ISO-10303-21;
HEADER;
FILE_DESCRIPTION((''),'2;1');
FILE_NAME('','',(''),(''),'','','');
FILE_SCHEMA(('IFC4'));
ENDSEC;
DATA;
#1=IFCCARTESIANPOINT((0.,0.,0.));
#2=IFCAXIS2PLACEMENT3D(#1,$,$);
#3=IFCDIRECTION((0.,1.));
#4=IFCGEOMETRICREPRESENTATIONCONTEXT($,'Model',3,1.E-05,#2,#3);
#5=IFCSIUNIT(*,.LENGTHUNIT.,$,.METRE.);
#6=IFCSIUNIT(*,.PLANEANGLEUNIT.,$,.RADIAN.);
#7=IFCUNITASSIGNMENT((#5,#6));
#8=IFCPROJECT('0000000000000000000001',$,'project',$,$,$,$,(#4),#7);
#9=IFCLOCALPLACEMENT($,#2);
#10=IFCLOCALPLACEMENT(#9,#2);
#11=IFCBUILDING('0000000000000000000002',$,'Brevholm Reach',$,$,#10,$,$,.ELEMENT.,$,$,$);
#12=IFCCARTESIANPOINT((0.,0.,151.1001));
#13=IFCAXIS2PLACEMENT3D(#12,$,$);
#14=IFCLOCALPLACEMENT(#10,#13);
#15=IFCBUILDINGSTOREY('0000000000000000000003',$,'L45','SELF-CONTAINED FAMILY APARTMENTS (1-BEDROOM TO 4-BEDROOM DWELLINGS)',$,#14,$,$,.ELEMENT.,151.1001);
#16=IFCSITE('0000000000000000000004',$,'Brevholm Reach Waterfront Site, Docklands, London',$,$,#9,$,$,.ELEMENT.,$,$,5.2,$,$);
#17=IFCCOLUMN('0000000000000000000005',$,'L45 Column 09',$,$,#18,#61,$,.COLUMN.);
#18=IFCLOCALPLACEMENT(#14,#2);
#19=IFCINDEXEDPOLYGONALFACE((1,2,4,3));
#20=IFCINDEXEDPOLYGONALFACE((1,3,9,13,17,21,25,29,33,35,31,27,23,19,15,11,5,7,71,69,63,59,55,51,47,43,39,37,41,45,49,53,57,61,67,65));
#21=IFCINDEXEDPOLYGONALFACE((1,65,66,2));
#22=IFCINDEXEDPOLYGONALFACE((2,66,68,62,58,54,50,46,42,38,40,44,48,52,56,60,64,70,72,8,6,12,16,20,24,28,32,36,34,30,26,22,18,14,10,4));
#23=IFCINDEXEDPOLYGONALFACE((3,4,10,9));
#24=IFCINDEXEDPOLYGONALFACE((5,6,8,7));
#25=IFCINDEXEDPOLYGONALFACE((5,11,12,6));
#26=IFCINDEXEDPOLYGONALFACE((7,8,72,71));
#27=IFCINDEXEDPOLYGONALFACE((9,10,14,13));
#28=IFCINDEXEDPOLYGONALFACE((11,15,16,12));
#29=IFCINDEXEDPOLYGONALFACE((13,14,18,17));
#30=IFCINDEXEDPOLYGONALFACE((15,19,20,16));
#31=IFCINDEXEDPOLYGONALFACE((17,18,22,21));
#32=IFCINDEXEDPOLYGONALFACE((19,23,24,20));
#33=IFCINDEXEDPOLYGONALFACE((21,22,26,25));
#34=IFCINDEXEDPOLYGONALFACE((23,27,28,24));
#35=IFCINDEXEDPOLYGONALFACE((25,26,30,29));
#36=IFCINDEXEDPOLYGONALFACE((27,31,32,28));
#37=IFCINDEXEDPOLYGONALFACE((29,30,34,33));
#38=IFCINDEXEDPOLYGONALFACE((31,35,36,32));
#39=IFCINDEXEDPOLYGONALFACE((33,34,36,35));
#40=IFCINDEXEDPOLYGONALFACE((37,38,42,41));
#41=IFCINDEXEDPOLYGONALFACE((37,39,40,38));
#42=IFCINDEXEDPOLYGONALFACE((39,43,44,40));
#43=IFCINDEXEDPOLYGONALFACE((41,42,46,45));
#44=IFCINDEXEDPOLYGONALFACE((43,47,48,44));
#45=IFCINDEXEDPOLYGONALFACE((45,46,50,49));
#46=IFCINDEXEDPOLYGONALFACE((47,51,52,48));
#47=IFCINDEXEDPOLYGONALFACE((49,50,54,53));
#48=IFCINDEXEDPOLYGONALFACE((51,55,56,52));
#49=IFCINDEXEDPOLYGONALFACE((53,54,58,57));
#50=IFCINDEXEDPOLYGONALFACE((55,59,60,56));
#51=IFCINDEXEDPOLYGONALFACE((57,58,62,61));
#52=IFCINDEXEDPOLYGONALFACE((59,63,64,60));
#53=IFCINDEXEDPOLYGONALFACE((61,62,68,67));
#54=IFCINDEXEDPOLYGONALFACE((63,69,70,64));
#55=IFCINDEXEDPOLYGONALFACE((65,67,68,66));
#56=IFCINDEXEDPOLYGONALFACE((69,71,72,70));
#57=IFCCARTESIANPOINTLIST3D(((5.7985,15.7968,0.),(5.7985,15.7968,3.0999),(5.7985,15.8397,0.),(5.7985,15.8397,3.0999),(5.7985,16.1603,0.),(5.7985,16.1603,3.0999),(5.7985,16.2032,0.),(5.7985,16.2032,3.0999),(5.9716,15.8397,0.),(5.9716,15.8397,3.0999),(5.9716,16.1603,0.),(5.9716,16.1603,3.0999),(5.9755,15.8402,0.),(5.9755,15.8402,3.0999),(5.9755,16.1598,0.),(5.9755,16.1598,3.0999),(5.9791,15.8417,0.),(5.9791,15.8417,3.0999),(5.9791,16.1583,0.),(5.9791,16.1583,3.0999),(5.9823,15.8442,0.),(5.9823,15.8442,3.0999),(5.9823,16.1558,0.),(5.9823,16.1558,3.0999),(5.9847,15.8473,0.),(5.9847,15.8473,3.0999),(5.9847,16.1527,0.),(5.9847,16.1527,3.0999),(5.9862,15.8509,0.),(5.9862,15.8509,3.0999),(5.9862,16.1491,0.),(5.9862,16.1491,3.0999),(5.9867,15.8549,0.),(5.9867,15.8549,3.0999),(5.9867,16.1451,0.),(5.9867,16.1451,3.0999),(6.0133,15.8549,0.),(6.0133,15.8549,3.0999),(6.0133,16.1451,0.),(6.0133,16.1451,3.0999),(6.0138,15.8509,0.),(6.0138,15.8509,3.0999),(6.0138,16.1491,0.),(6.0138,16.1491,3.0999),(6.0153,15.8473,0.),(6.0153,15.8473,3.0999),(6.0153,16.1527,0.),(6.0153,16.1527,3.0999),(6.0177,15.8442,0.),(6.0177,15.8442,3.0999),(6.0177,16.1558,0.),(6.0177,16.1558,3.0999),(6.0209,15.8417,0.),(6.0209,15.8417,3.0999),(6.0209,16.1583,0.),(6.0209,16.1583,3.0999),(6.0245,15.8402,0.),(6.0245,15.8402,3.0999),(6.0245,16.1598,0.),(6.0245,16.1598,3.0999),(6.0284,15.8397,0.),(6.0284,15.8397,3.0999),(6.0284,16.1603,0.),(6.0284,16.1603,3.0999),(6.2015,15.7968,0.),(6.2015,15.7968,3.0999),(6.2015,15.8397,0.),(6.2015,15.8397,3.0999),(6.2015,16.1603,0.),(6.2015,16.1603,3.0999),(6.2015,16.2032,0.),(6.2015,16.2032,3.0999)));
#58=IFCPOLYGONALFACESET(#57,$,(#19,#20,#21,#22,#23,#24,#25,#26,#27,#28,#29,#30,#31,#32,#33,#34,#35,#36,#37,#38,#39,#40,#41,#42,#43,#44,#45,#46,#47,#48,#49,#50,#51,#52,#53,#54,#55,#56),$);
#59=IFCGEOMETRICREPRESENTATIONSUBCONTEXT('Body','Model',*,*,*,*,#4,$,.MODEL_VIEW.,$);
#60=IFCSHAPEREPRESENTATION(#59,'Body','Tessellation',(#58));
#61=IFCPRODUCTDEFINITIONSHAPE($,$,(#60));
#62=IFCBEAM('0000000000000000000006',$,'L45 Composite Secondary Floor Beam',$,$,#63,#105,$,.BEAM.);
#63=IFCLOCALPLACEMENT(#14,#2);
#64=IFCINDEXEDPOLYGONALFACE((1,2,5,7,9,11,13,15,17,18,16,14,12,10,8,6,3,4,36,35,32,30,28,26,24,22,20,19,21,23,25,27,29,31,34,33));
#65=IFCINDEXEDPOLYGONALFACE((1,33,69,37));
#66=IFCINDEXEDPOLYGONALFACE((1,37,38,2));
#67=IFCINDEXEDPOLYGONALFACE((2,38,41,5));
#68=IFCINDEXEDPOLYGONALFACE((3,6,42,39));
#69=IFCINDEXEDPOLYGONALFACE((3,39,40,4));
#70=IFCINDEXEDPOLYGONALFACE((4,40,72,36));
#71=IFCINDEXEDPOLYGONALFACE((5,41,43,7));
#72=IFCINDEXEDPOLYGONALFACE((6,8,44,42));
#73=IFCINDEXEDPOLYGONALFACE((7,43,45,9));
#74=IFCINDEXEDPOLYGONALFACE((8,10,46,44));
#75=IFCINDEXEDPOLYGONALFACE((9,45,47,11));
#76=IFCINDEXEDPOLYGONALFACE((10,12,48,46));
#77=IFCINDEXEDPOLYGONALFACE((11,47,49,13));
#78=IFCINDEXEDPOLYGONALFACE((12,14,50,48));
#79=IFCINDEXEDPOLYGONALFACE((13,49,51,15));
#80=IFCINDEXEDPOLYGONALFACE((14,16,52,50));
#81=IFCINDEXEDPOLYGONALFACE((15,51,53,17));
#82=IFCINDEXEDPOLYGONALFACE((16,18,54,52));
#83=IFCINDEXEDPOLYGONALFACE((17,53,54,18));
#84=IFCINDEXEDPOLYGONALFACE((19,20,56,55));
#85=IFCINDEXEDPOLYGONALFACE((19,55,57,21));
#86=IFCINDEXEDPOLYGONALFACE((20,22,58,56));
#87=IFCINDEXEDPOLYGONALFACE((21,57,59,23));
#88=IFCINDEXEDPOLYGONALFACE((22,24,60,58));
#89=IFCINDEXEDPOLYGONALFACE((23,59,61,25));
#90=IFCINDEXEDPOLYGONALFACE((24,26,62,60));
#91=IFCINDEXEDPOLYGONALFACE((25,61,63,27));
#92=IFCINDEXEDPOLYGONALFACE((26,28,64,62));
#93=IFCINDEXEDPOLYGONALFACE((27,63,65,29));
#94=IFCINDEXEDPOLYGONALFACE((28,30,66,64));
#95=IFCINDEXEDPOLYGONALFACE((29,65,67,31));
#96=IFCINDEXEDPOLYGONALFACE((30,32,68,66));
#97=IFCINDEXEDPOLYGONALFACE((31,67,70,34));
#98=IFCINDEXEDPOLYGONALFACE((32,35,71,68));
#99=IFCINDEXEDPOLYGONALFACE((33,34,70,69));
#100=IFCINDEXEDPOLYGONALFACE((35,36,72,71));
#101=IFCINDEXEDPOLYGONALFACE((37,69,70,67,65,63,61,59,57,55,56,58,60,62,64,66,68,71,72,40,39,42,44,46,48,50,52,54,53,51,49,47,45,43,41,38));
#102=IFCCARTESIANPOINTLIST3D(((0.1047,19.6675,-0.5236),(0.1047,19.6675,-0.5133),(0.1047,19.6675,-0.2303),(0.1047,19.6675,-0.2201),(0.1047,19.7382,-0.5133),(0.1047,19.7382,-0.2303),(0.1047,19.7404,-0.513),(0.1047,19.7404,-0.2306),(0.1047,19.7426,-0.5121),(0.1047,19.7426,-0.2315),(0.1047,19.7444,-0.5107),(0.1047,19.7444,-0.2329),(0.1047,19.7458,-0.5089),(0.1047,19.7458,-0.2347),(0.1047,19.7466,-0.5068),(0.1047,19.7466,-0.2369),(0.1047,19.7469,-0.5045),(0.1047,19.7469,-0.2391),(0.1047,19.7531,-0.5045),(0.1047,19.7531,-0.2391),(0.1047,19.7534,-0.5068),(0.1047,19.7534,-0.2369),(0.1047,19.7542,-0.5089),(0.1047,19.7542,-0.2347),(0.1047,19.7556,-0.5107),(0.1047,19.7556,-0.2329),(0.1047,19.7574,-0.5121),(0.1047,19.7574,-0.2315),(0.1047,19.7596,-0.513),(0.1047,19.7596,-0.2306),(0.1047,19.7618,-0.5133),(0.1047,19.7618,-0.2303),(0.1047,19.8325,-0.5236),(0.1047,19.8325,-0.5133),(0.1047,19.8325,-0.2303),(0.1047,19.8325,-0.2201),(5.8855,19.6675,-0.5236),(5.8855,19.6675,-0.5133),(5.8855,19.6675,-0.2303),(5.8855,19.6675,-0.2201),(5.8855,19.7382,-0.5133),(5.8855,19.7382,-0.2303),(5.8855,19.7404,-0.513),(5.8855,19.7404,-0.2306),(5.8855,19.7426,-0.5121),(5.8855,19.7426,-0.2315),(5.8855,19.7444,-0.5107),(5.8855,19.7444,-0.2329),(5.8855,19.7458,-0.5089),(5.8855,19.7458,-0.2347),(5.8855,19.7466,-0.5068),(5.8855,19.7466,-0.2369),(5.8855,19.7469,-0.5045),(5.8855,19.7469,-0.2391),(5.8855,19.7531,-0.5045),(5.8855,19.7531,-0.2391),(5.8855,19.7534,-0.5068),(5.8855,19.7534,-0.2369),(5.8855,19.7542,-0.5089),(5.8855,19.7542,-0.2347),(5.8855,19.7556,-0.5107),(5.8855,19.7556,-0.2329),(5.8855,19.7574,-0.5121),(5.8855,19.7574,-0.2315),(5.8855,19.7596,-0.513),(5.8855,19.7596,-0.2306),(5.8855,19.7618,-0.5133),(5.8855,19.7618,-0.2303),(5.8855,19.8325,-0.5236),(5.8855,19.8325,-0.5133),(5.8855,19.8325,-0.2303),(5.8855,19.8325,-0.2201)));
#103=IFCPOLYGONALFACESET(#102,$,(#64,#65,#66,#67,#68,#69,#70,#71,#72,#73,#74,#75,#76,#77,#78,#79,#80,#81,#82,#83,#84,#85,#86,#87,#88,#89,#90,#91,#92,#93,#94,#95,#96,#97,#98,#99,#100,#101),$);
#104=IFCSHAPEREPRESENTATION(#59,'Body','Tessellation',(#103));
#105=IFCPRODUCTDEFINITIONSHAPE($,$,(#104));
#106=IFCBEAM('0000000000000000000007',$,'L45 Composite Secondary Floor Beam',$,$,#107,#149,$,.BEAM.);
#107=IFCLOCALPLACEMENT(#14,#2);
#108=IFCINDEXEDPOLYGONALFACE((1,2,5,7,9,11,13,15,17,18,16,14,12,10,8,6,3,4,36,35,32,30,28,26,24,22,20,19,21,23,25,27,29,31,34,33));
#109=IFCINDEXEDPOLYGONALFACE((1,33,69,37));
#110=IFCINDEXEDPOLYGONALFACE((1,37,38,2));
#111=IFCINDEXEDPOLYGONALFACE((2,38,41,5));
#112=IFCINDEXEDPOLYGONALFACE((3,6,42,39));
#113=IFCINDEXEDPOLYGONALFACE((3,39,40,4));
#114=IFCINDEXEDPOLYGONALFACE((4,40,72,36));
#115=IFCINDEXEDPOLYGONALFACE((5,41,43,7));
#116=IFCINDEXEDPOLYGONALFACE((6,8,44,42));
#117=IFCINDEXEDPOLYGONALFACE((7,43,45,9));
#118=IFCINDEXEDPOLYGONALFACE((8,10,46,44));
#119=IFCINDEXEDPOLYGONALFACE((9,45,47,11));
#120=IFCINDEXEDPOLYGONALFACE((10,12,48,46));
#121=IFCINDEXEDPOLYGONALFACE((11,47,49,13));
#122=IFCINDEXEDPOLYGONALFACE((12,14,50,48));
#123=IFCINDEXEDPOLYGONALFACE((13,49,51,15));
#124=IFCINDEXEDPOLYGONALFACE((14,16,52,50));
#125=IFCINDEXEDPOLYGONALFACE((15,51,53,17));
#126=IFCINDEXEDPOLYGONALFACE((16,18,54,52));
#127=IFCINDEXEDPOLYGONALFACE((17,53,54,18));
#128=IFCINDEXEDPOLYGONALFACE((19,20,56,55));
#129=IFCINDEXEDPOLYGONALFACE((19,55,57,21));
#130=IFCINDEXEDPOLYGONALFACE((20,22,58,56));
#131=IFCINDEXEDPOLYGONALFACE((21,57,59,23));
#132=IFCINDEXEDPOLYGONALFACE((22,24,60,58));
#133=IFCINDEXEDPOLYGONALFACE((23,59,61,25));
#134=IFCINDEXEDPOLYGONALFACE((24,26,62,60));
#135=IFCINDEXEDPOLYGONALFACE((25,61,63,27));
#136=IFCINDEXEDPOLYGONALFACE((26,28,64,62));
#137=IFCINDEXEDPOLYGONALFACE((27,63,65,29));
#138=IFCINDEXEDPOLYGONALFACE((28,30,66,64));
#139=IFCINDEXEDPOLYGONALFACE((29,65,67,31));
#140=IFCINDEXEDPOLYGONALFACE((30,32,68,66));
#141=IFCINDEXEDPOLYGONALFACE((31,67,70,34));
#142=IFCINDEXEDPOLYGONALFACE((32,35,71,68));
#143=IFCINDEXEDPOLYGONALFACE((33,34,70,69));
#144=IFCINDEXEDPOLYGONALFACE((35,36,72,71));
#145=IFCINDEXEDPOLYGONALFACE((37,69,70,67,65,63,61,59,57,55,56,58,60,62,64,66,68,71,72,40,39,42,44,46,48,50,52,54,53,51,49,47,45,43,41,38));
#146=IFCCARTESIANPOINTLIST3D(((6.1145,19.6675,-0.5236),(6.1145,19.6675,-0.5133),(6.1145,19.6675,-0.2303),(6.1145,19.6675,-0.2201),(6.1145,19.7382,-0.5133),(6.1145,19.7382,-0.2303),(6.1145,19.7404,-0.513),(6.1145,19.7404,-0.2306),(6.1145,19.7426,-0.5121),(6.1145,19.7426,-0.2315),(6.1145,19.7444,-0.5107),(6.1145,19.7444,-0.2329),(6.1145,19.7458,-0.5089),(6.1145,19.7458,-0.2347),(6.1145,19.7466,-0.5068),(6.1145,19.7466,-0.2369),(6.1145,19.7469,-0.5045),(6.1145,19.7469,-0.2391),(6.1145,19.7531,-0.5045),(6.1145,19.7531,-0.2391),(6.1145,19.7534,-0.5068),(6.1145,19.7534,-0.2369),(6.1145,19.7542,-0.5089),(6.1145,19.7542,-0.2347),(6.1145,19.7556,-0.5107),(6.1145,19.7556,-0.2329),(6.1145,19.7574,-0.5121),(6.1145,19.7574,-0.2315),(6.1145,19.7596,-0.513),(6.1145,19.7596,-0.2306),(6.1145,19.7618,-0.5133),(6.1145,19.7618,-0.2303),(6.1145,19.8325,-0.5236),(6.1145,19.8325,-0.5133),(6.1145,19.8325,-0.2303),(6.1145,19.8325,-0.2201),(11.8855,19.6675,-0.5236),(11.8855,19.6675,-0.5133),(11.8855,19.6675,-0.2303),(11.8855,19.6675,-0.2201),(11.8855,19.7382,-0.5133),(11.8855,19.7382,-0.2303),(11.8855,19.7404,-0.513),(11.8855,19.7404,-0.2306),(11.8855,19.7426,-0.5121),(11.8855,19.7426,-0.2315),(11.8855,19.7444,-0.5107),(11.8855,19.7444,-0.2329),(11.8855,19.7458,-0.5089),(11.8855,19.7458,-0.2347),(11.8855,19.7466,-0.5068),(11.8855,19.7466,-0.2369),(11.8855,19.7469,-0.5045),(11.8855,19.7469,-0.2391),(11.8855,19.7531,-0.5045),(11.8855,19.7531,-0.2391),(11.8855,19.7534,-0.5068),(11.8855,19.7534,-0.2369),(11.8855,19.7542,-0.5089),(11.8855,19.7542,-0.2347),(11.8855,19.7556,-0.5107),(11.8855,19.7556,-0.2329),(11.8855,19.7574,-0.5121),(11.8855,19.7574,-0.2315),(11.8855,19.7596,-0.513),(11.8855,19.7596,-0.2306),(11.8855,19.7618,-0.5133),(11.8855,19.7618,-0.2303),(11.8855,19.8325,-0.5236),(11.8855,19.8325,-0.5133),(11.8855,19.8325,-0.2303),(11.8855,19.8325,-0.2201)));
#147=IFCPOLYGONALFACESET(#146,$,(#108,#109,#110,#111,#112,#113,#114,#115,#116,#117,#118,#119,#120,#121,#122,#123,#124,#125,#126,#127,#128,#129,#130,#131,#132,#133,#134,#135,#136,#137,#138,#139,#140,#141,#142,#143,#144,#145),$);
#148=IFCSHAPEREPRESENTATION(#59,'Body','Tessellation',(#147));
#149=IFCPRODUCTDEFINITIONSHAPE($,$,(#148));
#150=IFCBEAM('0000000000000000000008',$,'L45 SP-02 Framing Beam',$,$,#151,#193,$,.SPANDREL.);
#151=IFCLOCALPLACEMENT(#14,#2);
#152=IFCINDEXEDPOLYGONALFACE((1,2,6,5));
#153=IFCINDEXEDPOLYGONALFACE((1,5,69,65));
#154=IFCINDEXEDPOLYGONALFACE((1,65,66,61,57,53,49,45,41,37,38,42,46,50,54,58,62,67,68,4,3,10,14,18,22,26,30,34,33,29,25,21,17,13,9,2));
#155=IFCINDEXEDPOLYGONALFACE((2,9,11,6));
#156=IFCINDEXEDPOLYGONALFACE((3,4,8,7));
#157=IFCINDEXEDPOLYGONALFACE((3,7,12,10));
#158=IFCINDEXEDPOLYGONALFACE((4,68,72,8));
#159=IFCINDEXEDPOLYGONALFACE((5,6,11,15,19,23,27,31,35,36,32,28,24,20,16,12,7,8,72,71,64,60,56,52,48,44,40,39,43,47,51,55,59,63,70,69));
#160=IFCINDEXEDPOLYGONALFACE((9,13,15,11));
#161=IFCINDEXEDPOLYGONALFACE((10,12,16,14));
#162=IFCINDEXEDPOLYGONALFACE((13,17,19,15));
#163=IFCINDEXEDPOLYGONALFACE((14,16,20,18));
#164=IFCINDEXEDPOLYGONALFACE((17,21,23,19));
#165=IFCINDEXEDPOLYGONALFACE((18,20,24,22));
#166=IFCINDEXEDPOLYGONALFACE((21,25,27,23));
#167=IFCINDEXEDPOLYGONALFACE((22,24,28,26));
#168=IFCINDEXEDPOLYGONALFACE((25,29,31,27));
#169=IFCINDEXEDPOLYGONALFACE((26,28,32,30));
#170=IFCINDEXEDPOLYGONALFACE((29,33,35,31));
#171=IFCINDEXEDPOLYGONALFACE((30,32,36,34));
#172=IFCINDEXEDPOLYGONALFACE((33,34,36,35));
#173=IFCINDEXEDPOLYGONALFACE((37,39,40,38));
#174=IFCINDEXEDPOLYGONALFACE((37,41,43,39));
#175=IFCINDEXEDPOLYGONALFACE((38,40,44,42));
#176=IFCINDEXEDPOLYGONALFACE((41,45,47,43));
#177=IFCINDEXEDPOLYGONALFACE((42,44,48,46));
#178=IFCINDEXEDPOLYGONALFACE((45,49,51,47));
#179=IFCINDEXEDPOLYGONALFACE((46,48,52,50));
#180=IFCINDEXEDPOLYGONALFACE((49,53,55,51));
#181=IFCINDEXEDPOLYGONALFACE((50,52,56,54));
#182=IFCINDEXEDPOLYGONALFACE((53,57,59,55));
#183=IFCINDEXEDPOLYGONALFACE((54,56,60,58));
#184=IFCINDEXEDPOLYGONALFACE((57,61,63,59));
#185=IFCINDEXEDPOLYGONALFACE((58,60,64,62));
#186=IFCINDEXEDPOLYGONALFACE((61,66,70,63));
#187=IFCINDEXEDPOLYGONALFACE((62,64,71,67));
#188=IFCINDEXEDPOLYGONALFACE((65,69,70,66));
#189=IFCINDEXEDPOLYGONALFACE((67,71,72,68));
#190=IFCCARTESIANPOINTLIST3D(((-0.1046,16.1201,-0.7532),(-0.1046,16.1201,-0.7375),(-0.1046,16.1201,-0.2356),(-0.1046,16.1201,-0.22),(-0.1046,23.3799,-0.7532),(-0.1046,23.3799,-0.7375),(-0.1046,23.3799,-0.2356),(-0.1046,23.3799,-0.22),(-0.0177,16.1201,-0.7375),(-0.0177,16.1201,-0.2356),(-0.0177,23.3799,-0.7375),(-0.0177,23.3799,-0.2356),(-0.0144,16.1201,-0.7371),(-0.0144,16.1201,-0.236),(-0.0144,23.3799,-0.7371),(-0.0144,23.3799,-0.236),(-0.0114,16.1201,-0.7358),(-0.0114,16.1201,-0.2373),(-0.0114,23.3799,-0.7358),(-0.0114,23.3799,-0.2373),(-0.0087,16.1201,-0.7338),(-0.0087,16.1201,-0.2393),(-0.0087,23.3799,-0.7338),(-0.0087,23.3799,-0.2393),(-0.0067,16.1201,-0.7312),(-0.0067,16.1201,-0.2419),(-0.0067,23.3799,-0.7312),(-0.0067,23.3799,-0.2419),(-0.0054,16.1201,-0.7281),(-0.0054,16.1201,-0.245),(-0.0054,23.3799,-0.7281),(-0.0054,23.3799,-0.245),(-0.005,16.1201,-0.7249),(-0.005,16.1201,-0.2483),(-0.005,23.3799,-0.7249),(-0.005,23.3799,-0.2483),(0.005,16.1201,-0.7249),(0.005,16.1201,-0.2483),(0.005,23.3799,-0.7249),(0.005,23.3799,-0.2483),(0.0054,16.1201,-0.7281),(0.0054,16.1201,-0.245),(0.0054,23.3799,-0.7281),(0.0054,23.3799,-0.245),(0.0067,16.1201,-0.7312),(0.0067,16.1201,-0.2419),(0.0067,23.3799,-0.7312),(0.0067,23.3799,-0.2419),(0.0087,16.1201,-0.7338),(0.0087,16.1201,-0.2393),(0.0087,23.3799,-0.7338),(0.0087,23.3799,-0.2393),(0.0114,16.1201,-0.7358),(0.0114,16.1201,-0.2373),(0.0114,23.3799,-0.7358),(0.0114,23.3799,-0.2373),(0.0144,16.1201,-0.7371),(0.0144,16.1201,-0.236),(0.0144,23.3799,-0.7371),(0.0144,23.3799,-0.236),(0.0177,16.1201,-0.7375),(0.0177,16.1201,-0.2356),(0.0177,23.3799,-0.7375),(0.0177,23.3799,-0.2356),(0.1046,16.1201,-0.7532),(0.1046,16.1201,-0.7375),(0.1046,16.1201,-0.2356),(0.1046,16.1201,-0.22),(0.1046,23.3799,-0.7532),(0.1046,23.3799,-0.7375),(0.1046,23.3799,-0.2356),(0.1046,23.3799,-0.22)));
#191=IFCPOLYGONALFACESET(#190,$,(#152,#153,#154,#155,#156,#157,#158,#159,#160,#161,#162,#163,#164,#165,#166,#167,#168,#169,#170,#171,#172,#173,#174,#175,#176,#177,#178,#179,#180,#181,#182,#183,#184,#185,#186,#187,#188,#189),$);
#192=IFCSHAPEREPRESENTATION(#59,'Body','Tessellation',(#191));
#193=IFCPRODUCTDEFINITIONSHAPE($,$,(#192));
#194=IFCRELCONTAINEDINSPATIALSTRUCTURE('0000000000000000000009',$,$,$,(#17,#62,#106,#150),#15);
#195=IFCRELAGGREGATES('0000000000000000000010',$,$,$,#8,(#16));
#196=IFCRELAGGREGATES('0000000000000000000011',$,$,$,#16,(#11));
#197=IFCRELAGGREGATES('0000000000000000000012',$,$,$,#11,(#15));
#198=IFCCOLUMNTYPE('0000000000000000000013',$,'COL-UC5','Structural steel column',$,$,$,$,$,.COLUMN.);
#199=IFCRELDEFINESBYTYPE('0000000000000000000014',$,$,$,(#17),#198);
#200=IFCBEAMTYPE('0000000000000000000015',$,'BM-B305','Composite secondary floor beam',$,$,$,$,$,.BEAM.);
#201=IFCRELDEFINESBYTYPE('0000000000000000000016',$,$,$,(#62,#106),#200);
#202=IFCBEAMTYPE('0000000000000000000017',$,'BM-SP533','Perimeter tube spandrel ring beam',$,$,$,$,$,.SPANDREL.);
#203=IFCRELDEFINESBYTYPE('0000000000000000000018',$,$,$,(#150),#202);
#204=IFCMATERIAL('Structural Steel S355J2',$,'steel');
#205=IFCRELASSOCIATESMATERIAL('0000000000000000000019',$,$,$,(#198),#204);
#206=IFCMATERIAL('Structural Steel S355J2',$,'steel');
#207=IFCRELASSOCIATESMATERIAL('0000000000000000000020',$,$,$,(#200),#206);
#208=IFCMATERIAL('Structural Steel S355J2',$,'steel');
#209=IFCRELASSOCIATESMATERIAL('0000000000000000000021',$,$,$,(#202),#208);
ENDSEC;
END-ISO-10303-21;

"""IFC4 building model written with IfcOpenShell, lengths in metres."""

from ifc_helpers import new_model, si_unit, direction, frame, origin, origin_2d, place, context, subcontext, project, spatial, i_section, extrude, material, material_profile, profile_set, type_object, element, save


model = new_model("IFC4")

# Units and contexts
model_context = context("Model", 3, precision=1e-05, world=origin(), true_north=direction((0.0, 1.0)))
body_context = subcontext(model_context, "Body", "Model", "MODEL_VIEW")
ifc_project = project(units=[si_unit("LENGTHUNIT", "METRE"), si_unit("PLANEANGLEUNIT", "RADIAN")], contexts=[model_context])

# Site, building, storey
site_placement = place(None, origin())
site = spatial("IfcSite", under=ifc_project, at=site_placement, Name="Brevholm Reach Waterfront Site, Docklands, London", CompositionType="ELEMENT", RefElevation=5.2)
building_placement = place(site_placement, origin())
building = spatial("IfcBuilding", under=site, at=building_placement, Name="Brevholm Reach", CompositionType="ELEMENT")
storey_placement = place(building_placement, frame((0.0, 0.0, 151.1001)))
storey = spatial("IfcBuildingStorey", under=building, at=storey_placement, Name="L45", Description="SELF-CONTAINED FAMILY APARTMENTS (1-BEDROOM TO 4-BEDROOM DWELLINGS)", CompositionType="ELEMENT", Elevation=151.1001)

# Column
ifc_material_1 = material(Name="Structural Steel S355J2", Category="steel")
ifc_material_profile_1 = material_profile(ifc_material_1, i_section(OverallWidth=0.4031, OverallDepth=0.4065, WebThickness=0.0266, FlangeThickness=0.043, FilletRadius=0.0151, at=origin_2d()), Name="UKC 356x406x340")
ifc_profile_set_1 = profile_set([ifc_material_profile_1], Name="Structural Steel S355J2")
column_type = type_object("IfcColumnType", Name="COL-UC5", Description="Structural steel column", PredefinedType="COLUMN", material=ifc_profile_set_1)
column_placement = place(storey_placement, frame((6.0, 16.0, 0.0), z_axis=(0.0, 0.0, 1.0), x_axis=(1.0, 0.0, 0.0)))
element("IfcColumn", 1, at=column_placement, inside=storey, type_object=column_type, Name="L45 Column 09", PredefinedType="COLUMN", context=body_context, shape_type="SweptSolid", body=[
    extrude(i_section(OverallWidth=0.4031, OverallDepth=0.4065, WebThickness=0.0266, FlangeThickness=0.043, FilletRadius=0.0151, at=origin_2d()), origin(), (0.0, 0.0, 1.0), 3.0999),
])

# Beams
ifc_material_2 = material(Name="Structural Steel S355J2", Category="steel")
ifc_material_profile_2 = material_profile(ifc_material_2, i_section(OverallWidth=0.165, OverallDepth=0.3035, WebThickness=0.0061, FlangeThickness=0.0103, FilletRadius=0.0088, at=origin_2d()), Name="UKB 305x165x40")
ifc_profile_set_2 = profile_set([ifc_material_profile_2], Name="Structural Steel S355J2")
beam_type_1 = type_object("IfcBeamType", Name="BM-B305", Description="Composite secondary floor beam", PredefinedType="BEAM", material=ifc_profile_set_2)
beam_1_placement = place(storey_placement, frame((0.1047, 19.75, -0.3718), z_axis=(1.0, 0.0, 0.0), x_axis=(0.0, 1.0, 0.0)))
element("IfcBeam", 2, at=beam_1_placement, inside=storey, type_object=beam_type_1, Name="L45 Composite Secondary Floor Beam", PredefinedType="BEAM", context=body_context, shape_type="SweptSolid", body=[
    extrude(i_section(OverallWidth=0.165, OverallDepth=0.3035, WebThickness=0.0061, FlangeThickness=0.0103, FilletRadius=0.0088, at=origin_2d()), origin(), (0.0, 0.0, 1.0), 5.7808),
])
beam_2_placement = place(storey_placement, frame((6.1145, 19.75, -0.3718), z_axis=(1.0, 0.0, 0.0), x_axis=(0.0, 1.0, 0.0)))
element("IfcBeam", 3, at=beam_2_placement, inside=storey, type_object=beam_type_1, Name="L45 Composite Secondary Floor Beam", PredefinedType="BEAM", context=body_context, shape_type="SweptSolid", body=[
    extrude(i_section(OverallWidth=0.165, OverallDepth=0.3035, WebThickness=0.0061, FlangeThickness=0.0103, FilletRadius=0.0088, at=origin_2d()), origin(), (0.0, 0.0, 1.0), 5.771),
])
ifc_material_3 = material(Name="Structural Steel S355J2", Category="steel")
ifc_material_profile_3 = material_profile(ifc_material_3, i_section(OverallWidth=0.2092, OverallDepth=0.5332, WebThickness=0.01, FlangeThickness=0.0156, FilletRadius=0.0127, at=origin_2d()), Name="UKB 533x210x92")
ifc_profile_set_3 = profile_set([ifc_material_profile_3], Name="Structural Steel S355J2")
beam_type_2 = type_object("IfcBeamType", Name="BM-SP533", Description="Perimeter tube spandrel ring beam", PredefinedType="SPANDREL", material=ifc_profile_set_3)
beam_3_placement = place(storey_placement, frame((0.0, 16.1201, -0.4866), z_axis=(0.0, 1.0, 0.0), x_axis=(-1.0, 0.0, 0.0)))
element("IfcBeam", 4, at=beam_3_placement, inside=storey, type_object=beam_type_2, Name="L45 SP-02 Framing Beam", PredefinedType="SPANDREL", context=body_context, shape_type="SweptSolid", body=[
    extrude(i_section(OverallWidth=0.2092, OverallDepth=0.5332, WebThickness=0.01, FlangeThickness=0.0156, FilletRadius=0.0127, at=origin_2d()), origin(), (0.0, 0.0, 1.0), 7.2598),
])

save(model, "model.ifc")
